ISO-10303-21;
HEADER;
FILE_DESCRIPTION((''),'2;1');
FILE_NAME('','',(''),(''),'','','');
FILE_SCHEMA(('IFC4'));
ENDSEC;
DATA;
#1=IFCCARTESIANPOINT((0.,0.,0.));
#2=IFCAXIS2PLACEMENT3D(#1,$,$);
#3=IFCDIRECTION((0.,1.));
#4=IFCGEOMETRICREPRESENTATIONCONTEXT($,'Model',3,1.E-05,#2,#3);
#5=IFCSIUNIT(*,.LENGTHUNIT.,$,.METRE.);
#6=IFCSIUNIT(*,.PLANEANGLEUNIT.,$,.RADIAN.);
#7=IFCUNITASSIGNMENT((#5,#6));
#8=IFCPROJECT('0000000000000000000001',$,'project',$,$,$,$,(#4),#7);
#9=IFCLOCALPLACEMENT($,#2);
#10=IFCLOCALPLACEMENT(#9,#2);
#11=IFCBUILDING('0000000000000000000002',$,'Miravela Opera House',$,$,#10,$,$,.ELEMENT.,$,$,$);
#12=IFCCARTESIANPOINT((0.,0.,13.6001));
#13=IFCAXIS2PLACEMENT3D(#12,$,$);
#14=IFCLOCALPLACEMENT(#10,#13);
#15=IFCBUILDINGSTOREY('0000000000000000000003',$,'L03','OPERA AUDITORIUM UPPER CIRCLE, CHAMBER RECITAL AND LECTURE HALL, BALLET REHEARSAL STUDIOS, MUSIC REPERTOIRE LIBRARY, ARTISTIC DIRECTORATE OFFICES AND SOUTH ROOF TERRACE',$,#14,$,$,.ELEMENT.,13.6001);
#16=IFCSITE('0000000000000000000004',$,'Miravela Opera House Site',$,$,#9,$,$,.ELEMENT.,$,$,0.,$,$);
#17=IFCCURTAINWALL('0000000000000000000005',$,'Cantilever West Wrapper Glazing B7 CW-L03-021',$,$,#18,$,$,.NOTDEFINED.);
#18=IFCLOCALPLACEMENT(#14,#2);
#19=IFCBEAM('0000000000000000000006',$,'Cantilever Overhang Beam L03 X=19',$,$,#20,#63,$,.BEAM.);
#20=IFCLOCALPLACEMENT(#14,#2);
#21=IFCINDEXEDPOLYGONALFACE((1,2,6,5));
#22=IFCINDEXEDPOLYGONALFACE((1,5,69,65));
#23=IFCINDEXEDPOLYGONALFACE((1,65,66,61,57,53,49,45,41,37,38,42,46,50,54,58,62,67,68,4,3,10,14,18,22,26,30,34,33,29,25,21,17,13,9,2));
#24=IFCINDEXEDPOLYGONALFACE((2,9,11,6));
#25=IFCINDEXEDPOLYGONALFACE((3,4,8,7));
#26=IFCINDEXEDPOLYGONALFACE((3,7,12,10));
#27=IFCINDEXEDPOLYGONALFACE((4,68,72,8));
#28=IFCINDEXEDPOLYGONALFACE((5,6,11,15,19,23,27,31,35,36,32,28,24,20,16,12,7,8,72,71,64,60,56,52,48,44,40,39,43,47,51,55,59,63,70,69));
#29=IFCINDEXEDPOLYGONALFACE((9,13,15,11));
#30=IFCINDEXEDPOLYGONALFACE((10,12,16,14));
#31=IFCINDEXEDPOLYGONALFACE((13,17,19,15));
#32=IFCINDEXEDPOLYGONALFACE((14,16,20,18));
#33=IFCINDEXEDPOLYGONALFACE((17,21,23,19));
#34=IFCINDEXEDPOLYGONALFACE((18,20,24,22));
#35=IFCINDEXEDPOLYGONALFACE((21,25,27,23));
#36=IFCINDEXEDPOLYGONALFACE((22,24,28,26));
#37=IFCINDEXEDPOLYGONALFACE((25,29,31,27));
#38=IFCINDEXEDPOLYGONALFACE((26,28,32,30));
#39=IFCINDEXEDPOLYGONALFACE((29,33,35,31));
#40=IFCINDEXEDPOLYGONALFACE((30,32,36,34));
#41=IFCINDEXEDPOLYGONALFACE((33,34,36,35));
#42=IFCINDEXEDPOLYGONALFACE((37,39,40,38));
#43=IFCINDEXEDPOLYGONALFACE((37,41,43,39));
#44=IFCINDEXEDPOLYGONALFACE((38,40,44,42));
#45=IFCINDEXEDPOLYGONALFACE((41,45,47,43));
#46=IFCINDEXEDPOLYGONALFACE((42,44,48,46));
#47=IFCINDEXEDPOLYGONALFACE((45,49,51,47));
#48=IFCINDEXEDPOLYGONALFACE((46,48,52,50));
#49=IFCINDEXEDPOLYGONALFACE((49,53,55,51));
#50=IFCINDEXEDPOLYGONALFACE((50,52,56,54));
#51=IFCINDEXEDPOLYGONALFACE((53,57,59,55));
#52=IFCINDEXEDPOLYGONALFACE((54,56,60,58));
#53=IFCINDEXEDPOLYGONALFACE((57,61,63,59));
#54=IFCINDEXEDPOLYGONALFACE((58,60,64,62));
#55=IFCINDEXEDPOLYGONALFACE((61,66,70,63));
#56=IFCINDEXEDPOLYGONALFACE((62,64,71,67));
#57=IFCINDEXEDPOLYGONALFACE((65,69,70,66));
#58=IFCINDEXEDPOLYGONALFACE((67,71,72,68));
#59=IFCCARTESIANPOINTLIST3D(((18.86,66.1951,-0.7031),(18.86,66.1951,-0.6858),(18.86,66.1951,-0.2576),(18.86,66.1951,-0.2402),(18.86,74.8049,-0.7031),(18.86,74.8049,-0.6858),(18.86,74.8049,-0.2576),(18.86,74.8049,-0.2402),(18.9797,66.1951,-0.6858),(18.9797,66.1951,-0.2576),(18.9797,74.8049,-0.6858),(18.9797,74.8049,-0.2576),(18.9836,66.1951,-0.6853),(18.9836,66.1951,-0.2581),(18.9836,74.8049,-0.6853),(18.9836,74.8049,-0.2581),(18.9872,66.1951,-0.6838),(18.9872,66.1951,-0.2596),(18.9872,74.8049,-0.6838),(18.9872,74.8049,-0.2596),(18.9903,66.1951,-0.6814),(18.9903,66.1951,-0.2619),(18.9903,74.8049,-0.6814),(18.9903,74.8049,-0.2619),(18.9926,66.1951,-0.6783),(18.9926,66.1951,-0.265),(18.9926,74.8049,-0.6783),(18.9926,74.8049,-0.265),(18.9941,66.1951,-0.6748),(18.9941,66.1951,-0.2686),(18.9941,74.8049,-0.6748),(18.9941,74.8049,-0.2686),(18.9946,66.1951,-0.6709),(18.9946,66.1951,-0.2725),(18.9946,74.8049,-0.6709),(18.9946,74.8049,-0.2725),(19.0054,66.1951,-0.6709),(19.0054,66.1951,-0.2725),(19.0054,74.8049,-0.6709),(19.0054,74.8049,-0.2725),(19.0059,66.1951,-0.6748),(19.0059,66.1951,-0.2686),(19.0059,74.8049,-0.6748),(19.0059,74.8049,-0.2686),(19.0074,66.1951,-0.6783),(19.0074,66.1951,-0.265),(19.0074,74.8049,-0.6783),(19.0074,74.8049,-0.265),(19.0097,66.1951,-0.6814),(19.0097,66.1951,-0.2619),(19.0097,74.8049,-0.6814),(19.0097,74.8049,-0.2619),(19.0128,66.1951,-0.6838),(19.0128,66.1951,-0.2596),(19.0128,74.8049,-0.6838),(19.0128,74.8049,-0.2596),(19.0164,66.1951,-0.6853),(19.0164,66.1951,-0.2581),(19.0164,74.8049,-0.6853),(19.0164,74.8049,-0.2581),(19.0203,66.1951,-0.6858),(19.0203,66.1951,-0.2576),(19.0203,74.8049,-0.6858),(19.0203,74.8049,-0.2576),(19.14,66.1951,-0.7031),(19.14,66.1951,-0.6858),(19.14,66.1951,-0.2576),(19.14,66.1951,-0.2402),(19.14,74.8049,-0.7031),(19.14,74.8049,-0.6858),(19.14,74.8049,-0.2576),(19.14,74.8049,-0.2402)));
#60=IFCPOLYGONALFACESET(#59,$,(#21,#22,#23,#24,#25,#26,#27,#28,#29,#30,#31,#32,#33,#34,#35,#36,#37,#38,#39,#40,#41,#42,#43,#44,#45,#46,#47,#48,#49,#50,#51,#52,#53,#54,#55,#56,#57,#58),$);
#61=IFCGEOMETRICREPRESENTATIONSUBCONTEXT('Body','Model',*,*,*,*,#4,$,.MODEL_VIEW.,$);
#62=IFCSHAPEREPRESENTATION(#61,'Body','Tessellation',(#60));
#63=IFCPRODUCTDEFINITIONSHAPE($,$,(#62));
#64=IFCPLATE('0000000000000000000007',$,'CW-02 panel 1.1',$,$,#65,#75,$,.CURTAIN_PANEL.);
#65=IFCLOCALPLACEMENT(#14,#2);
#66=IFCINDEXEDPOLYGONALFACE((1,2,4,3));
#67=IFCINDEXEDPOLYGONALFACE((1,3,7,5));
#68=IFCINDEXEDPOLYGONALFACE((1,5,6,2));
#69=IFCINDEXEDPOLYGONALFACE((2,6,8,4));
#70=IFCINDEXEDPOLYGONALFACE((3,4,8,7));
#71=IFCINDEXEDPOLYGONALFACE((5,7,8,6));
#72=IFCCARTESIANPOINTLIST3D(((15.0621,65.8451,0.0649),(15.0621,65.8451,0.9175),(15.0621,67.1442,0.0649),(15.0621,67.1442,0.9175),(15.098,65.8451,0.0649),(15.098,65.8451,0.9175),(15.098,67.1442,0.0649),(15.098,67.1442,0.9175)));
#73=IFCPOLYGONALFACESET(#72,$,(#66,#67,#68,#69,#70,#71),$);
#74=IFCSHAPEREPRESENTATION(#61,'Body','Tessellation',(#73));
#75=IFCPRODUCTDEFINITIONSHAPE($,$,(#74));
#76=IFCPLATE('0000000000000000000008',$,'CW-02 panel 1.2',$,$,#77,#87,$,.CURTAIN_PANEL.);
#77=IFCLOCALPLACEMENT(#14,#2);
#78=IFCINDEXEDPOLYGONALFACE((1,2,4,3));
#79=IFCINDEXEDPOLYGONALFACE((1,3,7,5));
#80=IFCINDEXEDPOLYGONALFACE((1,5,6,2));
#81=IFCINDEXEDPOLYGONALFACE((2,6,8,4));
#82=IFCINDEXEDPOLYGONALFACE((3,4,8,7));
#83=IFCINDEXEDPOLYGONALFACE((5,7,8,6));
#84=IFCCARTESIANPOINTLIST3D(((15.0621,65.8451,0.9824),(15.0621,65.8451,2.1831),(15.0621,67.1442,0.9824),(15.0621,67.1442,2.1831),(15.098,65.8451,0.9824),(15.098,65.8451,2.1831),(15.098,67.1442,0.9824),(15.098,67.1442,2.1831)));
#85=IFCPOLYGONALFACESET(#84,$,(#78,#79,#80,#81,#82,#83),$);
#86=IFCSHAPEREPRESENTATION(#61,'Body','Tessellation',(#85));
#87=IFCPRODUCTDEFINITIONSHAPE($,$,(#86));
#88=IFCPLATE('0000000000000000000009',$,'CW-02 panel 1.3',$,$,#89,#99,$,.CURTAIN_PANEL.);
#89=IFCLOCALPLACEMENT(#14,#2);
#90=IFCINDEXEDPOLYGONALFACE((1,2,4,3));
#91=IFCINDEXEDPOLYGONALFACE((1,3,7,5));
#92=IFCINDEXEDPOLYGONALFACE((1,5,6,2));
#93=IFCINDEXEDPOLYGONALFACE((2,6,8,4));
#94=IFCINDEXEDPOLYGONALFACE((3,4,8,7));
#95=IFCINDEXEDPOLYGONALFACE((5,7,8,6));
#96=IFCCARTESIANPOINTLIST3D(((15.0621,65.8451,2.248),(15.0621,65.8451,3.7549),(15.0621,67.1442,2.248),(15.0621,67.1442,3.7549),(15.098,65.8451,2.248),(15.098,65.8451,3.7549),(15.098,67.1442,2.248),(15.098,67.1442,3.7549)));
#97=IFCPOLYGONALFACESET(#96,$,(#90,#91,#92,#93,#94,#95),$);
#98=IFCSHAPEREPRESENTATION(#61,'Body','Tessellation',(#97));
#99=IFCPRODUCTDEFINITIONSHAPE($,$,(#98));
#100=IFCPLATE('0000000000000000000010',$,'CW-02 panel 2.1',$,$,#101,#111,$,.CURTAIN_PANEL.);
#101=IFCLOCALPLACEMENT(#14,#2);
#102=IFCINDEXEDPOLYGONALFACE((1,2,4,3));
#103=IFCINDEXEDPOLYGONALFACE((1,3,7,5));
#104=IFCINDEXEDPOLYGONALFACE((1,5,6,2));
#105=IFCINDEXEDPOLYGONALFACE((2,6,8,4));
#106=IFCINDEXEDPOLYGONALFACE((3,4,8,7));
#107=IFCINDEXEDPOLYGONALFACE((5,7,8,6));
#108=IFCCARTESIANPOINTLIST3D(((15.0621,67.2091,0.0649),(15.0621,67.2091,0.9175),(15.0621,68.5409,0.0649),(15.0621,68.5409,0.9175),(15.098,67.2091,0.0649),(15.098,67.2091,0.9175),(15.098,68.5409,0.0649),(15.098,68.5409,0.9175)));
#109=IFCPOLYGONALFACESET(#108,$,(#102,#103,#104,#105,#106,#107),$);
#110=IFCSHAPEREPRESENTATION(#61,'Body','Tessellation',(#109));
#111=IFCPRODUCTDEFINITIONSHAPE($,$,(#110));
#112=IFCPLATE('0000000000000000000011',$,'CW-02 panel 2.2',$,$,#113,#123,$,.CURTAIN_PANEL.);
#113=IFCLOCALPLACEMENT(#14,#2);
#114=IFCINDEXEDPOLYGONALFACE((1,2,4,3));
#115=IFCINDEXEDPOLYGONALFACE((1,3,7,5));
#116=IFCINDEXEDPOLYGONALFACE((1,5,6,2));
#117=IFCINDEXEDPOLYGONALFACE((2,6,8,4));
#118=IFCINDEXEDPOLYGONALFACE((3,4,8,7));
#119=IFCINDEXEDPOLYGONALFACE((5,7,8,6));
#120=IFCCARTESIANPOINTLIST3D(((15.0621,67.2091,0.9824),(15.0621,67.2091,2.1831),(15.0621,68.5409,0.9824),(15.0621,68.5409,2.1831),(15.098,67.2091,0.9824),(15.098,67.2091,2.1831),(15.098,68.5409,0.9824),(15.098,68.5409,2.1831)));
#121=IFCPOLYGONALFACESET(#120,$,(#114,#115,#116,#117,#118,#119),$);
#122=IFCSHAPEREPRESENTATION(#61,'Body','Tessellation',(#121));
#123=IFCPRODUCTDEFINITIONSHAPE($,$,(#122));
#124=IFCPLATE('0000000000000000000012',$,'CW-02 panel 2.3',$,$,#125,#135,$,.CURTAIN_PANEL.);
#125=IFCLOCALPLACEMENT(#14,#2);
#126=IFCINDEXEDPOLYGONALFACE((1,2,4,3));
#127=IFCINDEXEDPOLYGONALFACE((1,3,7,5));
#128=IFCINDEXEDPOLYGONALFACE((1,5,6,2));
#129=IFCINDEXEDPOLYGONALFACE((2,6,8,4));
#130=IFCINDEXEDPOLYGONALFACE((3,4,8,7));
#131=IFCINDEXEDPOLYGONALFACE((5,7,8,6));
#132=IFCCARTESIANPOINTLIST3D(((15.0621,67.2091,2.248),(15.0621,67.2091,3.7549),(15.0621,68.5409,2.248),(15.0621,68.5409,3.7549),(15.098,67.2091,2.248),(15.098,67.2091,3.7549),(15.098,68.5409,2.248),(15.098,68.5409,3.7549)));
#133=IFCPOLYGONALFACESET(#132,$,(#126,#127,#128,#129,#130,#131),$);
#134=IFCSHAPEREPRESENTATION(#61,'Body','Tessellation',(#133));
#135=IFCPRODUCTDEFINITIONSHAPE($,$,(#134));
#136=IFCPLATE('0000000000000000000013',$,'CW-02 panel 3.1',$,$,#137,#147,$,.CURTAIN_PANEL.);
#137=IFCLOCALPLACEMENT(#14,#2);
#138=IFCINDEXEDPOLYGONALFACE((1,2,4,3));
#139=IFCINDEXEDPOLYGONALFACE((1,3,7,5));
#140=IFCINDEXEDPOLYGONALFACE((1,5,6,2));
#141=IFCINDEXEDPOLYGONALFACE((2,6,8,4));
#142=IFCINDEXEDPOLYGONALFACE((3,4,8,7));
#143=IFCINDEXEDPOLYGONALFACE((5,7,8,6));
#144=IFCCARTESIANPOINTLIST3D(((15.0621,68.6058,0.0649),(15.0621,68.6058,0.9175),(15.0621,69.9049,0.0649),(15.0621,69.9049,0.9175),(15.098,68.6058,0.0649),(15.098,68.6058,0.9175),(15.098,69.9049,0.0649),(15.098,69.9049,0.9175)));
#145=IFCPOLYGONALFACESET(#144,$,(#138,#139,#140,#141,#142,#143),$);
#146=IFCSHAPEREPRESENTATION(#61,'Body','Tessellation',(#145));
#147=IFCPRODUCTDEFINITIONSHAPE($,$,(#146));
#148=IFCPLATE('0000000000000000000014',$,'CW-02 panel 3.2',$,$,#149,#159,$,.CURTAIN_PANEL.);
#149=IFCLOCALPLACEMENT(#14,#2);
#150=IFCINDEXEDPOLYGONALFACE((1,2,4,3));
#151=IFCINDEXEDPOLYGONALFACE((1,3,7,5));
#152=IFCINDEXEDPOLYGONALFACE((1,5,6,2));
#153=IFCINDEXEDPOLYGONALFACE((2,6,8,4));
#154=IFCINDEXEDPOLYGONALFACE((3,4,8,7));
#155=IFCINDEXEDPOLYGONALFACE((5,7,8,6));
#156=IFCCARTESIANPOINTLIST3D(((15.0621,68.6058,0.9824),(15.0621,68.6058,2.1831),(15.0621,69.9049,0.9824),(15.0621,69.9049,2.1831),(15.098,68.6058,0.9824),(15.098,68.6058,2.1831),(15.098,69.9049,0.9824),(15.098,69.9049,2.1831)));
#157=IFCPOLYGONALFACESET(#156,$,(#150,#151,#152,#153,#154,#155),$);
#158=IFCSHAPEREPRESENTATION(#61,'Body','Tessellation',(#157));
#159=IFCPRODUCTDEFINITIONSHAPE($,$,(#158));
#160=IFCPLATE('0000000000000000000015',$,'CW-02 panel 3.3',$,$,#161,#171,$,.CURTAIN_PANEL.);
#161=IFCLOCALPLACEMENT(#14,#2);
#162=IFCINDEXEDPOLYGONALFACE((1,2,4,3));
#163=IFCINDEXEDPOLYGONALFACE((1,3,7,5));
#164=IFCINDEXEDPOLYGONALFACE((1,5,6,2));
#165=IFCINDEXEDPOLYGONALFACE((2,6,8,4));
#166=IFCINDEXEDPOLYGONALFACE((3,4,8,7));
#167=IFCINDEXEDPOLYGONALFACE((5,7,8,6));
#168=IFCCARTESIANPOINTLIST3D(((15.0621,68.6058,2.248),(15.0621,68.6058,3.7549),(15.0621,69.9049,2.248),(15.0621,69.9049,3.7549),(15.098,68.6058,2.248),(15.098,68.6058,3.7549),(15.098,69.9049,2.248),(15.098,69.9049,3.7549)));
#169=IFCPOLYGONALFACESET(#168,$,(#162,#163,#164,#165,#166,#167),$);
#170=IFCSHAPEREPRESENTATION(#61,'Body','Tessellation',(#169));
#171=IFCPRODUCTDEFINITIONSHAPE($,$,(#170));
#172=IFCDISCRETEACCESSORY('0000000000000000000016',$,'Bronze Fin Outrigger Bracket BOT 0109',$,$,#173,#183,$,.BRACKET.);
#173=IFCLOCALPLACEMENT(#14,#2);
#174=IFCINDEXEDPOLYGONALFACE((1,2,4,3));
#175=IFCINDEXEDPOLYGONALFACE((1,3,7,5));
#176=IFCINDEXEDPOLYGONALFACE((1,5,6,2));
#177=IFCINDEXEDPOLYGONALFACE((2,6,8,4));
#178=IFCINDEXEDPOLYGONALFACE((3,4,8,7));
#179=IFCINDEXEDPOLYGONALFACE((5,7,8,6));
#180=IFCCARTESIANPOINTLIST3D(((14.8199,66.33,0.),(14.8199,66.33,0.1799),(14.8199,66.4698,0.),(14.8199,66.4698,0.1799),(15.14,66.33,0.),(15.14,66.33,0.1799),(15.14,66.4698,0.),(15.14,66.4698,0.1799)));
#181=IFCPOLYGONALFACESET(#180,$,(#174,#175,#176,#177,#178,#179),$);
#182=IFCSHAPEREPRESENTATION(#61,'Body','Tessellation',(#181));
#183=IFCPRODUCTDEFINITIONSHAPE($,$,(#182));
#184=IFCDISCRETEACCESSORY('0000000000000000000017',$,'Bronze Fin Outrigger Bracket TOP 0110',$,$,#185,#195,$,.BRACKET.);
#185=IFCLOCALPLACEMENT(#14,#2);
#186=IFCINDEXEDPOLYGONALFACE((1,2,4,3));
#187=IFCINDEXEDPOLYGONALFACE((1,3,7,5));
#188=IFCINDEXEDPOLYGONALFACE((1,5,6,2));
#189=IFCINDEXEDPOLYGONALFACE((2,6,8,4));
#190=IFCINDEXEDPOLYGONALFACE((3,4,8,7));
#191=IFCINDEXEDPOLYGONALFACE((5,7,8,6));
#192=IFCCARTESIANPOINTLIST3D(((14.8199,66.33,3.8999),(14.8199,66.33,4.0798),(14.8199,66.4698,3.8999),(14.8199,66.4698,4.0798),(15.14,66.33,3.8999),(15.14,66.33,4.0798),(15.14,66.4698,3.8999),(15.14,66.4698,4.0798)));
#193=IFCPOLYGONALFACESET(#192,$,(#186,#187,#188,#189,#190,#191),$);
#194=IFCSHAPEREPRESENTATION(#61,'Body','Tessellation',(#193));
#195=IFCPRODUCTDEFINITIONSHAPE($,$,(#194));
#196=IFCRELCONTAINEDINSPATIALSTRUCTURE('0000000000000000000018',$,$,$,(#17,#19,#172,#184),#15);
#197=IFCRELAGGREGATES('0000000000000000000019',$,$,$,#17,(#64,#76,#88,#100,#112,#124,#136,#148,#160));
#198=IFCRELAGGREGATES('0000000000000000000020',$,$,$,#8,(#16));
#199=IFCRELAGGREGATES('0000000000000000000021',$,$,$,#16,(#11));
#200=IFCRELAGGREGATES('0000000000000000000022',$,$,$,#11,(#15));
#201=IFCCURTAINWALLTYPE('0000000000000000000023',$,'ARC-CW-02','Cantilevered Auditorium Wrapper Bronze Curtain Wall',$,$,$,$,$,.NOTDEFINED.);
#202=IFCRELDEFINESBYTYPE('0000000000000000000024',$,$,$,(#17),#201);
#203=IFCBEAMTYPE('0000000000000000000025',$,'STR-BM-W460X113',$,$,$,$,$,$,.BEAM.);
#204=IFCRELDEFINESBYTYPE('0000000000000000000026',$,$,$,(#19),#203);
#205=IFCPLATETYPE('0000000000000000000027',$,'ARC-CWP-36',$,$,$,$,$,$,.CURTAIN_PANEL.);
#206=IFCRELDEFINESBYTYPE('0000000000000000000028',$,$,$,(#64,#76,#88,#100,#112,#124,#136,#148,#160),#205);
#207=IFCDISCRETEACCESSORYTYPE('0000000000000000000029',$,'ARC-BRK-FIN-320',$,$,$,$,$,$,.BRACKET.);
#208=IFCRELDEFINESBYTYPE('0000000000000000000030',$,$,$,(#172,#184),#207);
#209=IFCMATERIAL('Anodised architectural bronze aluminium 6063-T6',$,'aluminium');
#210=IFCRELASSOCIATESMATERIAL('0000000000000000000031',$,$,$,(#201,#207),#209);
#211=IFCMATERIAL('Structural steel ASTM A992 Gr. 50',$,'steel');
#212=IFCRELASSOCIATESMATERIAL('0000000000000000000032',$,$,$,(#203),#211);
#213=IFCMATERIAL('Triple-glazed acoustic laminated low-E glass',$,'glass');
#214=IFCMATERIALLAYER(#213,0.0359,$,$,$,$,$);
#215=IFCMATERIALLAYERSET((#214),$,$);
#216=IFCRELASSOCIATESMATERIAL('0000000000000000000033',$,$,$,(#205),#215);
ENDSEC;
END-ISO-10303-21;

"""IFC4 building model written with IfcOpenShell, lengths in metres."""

from ifc_helpers import new_model, si_unit, direction, frame, origin, origin_2d, place, context, subcontext, project, spatial, rectangle, i_section, extrude, material, layer, layer_set, material_profile, profile_set, type_object, element, aggregate, save


model = new_model("IFC4")

# Units and contexts
model_context = context("Model", 3, precision=1e-05, world=origin(), true_north=direction((0.0, 1.0)))
body_context = subcontext(model_context, "Body", "Model", "MODEL_VIEW")
ifc_project = project(units=[si_unit("LENGTHUNIT", "METRE"), si_unit("PLANEANGLEUNIT", "RADIAN")], contexts=[model_context])

# Site, building, storey
site_placement = place(None, origin())
site = spatial("IfcSite", under=ifc_project, at=site_placement, Name="Miravela Opera House Site", CompositionType="ELEMENT", RefElevation=0.0)
building_placement = place(site_placement, origin())
building = spatial("IfcBuilding", under=site, at=building_placement, Name="Miravela Opera House", CompositionType="ELEMENT")
storey_placement = place(building_placement, frame((0.0, 0.0, 13.6001)))
storey = spatial("IfcBuildingStorey", under=building, at=storey_placement, Name="L03", Description="OPERA AUDITORIUM UPPER CIRCLE, CHAMBER RECITAL AND LECTURE HALL, BALLET REHEARSAL STUDIOS, MUSIC REPERTOIRE LIBRARY, ARTISTIC DIRECTORATE OFFICES AND SOUTH ROOF TERRACE", CompositionType="ELEMENT", Elevation=13.6001)

# Curtain wall
ifc_material_1 = material(Name="Anodised architectural bronze aluminium 6063-T6", Category="aluminium")
curtain_wall_type = type_object("IfcCurtainWallType", Name="ARC-CW-02", Description="Cantilevered Auditorium Wrapper Bronze Curtain Wall", PredefinedType="NOTDEFINED", material=ifc_material_1)
curtain_wall_1_placement = place(storey_placement, origin())
curtain_wall_1 = element("IfcCurtainWall", 1, at=curtain_wall_1_placement, inside=storey, type_object=curtain_wall_type, Name="Cantilever West Wrapper Glazing B7 CW-L03-021", PredefinedType="NOTDEFINED")

# Beam
ifc_material_2 = material(Name="Structural steel ASTM A992 Gr. 50", Category="steel")
ifc_material_profile_1 = material_profile(ifc_material_2, i_section(OverallWidth=0.28, OverallDepth=0.4629, WebThickness=0.0107, FlangeThickness=0.0173, FilletRadius=0.0149, at=origin_2d()), Name="W460X113")
ifc_profile_set_1 = profile_set([ifc_material_profile_1])
beam_type = type_object("IfcBeamType", Name="STR-BM-W460X113", PredefinedType="BEAM", material=ifc_profile_set_1)
beam_placement = place(storey_placement, frame((19.0, 66.1951, -0.4717), z_axis=(0.0, 1.0, 0.0), x_axis=(-1.0, 0.0, 0.0)))
element("IfcBeam", 2, at=beam_placement, inside=storey, type_object=beam_type, Name="Cantilever Overhang Beam L03 X=19", PredefinedType="BEAM", context=body_context, shape_type="SweptSolid", body=[
    extrude(i_section(OverallWidth=0.28, OverallDepth=0.4629, WebThickness=0.0107, FlangeThickness=0.0173, FilletRadius=0.0149, at=origin_2d()), origin(), (0.0, 0.0, 1.0), 8.6099),
])

# Plates
ifc_material_3 = material(Name="Triple-glazed acoustic laminated low-E glass", Category="glass")
ifc_layer = layer(ifc_material_3, 0.0359)
ifc_layer_set = layer_set([ifc_layer])
plate_type = type_object("IfcPlateType", Name="ARC-CWP-36", PredefinedType="CURTAIN_PANEL", material=ifc_layer_set)
plate_1_placement = place(storey_placement, frame((15.0801, 66.4946, 0.0649), z_axis=(0.0, 0.0, 1.0), x_axis=(0.0, 1.0, 0.0)))
plate_1 = element("IfcPlate", 3, at=plate_1_placement, type_object=plate_type, Name="CW-02 panel 1.1", PredefinedType="CURTAIN_PANEL", context=body_context, shape_type="SweptSolid", body=[
    extrude(rectangle(XDim=1.2991, YDim=0.0359, at=origin_2d()), origin(), (0.0, 0.0, 1.0), 0.8525),
])
plate_2_placement = place(storey_placement, frame((15.0801, 66.4946, 0.9824), z_axis=(0.0, 0.0, 1.0), x_axis=(0.0, 1.0, 0.0)))
plate_2 = element("IfcPlate", 4, at=plate_2_placement, type_object=plate_type, Name="CW-02 panel 1.2", PredefinedType="CURTAIN_PANEL", context=body_context, shape_type="SweptSolid", body=[
    extrude(rectangle(XDim=1.2991, YDim=0.0359, at=origin_2d()), origin(), (0.0, 0.0, 1.0), 1.2007),
])
plate_3_placement = place(storey_placement, frame((15.0801, 66.4946, 2.248), z_axis=(0.0, 0.0, 1.0), x_axis=(0.0, 1.0, 0.0)))
plate_3 = element("IfcPlate", 5, at=plate_3_placement, type_object=plate_type, Name="CW-02 panel 1.3", PredefinedType="CURTAIN_PANEL", context=body_context, shape_type="SweptSolid", body=[
    extrude(rectangle(XDim=1.2991, YDim=0.0359, at=origin_2d()), origin(), (0.0, 0.0, 1.0), 1.5068),
])
plate_4_placement = place(storey_placement, frame((15.0801, 67.875, 0.0649), z_axis=(0.0, 0.0, 1.0), x_axis=(0.0, 1.0, 0.0)))
plate_4 = element("IfcPlate", 6, at=plate_4_placement, type_object=plate_type, Name="CW-02 panel 2.1", PredefinedType="CURTAIN_PANEL", context=body_context, shape_type="SweptSolid", body=[
    extrude(rectangle(XDim=1.3318, YDim=0.0359, at=origin_2d()), origin(), (0.0, 0.0, 1.0), 0.8525),
])
plate_5_placement = place(storey_placement, frame((15.0801, 67.875, 0.9824), z_axis=(0.0, 0.0, 1.0), x_axis=(0.0, 1.0, 0.0)))
plate_5 = element("IfcPlate", 7, at=plate_5_placement, type_object=plate_type, Name="CW-02 panel 2.2", PredefinedType="CURTAIN_PANEL", context=body_context, shape_type="SweptSolid", body=[
    extrude(rectangle(XDim=1.3318, YDim=0.0359, at=origin_2d()), origin(), (0.0, 0.0, 1.0), 1.2007),
])
plate_6_placement = place(storey_placement, frame((15.0801, 67.875, 2.248), z_axis=(0.0, 0.0, 1.0), x_axis=(0.0, 1.0, 0.0)))
plate_6 = element("IfcPlate", 8, at=plate_6_placement, type_object=plate_type, Name="CW-02 panel 2.3", PredefinedType="CURTAIN_PANEL", context=body_context, shape_type="SweptSolid", body=[
    extrude(rectangle(XDim=1.3318, YDim=0.0359, at=origin_2d()), origin(), (0.0, 0.0, 1.0), 1.5068),
])
plate_7_placement = place(storey_placement, frame((15.0801, 69.2554, 0.0649), z_axis=(0.0, 0.0, 1.0), x_axis=(0.0, 1.0, 0.0)))
plate_7 = element("IfcPlate", 9, at=plate_7_placement, type_object=plate_type, Name="CW-02 panel 3.1", PredefinedType="CURTAIN_PANEL", context=body_context, shape_type="SweptSolid", body=[
    extrude(rectangle(XDim=1.2991, YDim=0.0359, at=origin_2d()), origin(), (0.0, 0.0, 1.0), 0.8525),
])
plate_8_placement = place(storey_placement, frame((15.0801, 69.2554, 0.9824), z_axis=(0.0, 0.0, 1.0), x_axis=(0.0, 1.0, 0.0)))
plate_8 = element("IfcPlate", 10, at=plate_8_placement, type_object=plate_type, Name="CW-02 panel 3.2", PredefinedType="CURTAIN_PANEL", context=body_context, shape_type="SweptSolid", body=[
    extrude(rectangle(XDim=1.2991, YDim=0.0359, at=origin_2d()), origin(), (0.0, 0.0, 1.0), 1.2007),
])
plate_9_placement = place(storey_placement, frame((15.0801, 69.2554, 2.248), z_axis=(0.0, 0.0, 1.0), x_axis=(0.0, 1.0, 0.0)))
plate_9 = element("IfcPlate", 11, at=plate_9_placement, type_object=plate_type, Name="CW-02 panel 3.3", PredefinedType="CURTAIN_PANEL", context=body_context, shape_type="SweptSolid", body=[
    extrude(rectangle(XDim=1.2991, YDim=0.0359, at=origin_2d()), origin(), (0.0, 0.0, 1.0), 1.5068),
])
aggregate(curtain_wall_1, [plate_1, plate_2, plate_3, plate_4, plate_5, plate_6, plate_7, plate_8, plate_9])

# Discrete accessories
discrete_accessory_type = type_object("IfcDiscreteAccessoryType", Name="ARC-BRK-FIN-320", PredefinedType="BRACKET", material=ifc_material_1)
for number, where, z_axis, x_axis, name in (
    (12, (14.98, 66.3999, 0.0), (0.0, 0.0, 1.0), (1.0, 0.0, 0.0), "Bronze Fin Outrigger Bracket BOT 0109"),
    (13, (14.98, 66.3999, 3.8999), (0.0, 0.0, 1.0), (1.0, 0.0, 0.0), "Bronze Fin Outrigger Bracket TOP 0110"),
):
    element("IfcDiscreteAccessory", number, at=place(storey_placement, frame(where, z_axis=z_axis, x_axis=x_axis)), inside=storey, type_object=discrete_accessory_type, Name=name, PredefinedType="BRACKET", context=body_context, shape_type="SweptSolid", body=[
        extrude(rectangle(XDim=0.3201, YDim=0.1399, at=origin_2d()), origin(), (0.0, 0.0, 1.0), 0.1799),
    ])

save(model, "model.ifc")
